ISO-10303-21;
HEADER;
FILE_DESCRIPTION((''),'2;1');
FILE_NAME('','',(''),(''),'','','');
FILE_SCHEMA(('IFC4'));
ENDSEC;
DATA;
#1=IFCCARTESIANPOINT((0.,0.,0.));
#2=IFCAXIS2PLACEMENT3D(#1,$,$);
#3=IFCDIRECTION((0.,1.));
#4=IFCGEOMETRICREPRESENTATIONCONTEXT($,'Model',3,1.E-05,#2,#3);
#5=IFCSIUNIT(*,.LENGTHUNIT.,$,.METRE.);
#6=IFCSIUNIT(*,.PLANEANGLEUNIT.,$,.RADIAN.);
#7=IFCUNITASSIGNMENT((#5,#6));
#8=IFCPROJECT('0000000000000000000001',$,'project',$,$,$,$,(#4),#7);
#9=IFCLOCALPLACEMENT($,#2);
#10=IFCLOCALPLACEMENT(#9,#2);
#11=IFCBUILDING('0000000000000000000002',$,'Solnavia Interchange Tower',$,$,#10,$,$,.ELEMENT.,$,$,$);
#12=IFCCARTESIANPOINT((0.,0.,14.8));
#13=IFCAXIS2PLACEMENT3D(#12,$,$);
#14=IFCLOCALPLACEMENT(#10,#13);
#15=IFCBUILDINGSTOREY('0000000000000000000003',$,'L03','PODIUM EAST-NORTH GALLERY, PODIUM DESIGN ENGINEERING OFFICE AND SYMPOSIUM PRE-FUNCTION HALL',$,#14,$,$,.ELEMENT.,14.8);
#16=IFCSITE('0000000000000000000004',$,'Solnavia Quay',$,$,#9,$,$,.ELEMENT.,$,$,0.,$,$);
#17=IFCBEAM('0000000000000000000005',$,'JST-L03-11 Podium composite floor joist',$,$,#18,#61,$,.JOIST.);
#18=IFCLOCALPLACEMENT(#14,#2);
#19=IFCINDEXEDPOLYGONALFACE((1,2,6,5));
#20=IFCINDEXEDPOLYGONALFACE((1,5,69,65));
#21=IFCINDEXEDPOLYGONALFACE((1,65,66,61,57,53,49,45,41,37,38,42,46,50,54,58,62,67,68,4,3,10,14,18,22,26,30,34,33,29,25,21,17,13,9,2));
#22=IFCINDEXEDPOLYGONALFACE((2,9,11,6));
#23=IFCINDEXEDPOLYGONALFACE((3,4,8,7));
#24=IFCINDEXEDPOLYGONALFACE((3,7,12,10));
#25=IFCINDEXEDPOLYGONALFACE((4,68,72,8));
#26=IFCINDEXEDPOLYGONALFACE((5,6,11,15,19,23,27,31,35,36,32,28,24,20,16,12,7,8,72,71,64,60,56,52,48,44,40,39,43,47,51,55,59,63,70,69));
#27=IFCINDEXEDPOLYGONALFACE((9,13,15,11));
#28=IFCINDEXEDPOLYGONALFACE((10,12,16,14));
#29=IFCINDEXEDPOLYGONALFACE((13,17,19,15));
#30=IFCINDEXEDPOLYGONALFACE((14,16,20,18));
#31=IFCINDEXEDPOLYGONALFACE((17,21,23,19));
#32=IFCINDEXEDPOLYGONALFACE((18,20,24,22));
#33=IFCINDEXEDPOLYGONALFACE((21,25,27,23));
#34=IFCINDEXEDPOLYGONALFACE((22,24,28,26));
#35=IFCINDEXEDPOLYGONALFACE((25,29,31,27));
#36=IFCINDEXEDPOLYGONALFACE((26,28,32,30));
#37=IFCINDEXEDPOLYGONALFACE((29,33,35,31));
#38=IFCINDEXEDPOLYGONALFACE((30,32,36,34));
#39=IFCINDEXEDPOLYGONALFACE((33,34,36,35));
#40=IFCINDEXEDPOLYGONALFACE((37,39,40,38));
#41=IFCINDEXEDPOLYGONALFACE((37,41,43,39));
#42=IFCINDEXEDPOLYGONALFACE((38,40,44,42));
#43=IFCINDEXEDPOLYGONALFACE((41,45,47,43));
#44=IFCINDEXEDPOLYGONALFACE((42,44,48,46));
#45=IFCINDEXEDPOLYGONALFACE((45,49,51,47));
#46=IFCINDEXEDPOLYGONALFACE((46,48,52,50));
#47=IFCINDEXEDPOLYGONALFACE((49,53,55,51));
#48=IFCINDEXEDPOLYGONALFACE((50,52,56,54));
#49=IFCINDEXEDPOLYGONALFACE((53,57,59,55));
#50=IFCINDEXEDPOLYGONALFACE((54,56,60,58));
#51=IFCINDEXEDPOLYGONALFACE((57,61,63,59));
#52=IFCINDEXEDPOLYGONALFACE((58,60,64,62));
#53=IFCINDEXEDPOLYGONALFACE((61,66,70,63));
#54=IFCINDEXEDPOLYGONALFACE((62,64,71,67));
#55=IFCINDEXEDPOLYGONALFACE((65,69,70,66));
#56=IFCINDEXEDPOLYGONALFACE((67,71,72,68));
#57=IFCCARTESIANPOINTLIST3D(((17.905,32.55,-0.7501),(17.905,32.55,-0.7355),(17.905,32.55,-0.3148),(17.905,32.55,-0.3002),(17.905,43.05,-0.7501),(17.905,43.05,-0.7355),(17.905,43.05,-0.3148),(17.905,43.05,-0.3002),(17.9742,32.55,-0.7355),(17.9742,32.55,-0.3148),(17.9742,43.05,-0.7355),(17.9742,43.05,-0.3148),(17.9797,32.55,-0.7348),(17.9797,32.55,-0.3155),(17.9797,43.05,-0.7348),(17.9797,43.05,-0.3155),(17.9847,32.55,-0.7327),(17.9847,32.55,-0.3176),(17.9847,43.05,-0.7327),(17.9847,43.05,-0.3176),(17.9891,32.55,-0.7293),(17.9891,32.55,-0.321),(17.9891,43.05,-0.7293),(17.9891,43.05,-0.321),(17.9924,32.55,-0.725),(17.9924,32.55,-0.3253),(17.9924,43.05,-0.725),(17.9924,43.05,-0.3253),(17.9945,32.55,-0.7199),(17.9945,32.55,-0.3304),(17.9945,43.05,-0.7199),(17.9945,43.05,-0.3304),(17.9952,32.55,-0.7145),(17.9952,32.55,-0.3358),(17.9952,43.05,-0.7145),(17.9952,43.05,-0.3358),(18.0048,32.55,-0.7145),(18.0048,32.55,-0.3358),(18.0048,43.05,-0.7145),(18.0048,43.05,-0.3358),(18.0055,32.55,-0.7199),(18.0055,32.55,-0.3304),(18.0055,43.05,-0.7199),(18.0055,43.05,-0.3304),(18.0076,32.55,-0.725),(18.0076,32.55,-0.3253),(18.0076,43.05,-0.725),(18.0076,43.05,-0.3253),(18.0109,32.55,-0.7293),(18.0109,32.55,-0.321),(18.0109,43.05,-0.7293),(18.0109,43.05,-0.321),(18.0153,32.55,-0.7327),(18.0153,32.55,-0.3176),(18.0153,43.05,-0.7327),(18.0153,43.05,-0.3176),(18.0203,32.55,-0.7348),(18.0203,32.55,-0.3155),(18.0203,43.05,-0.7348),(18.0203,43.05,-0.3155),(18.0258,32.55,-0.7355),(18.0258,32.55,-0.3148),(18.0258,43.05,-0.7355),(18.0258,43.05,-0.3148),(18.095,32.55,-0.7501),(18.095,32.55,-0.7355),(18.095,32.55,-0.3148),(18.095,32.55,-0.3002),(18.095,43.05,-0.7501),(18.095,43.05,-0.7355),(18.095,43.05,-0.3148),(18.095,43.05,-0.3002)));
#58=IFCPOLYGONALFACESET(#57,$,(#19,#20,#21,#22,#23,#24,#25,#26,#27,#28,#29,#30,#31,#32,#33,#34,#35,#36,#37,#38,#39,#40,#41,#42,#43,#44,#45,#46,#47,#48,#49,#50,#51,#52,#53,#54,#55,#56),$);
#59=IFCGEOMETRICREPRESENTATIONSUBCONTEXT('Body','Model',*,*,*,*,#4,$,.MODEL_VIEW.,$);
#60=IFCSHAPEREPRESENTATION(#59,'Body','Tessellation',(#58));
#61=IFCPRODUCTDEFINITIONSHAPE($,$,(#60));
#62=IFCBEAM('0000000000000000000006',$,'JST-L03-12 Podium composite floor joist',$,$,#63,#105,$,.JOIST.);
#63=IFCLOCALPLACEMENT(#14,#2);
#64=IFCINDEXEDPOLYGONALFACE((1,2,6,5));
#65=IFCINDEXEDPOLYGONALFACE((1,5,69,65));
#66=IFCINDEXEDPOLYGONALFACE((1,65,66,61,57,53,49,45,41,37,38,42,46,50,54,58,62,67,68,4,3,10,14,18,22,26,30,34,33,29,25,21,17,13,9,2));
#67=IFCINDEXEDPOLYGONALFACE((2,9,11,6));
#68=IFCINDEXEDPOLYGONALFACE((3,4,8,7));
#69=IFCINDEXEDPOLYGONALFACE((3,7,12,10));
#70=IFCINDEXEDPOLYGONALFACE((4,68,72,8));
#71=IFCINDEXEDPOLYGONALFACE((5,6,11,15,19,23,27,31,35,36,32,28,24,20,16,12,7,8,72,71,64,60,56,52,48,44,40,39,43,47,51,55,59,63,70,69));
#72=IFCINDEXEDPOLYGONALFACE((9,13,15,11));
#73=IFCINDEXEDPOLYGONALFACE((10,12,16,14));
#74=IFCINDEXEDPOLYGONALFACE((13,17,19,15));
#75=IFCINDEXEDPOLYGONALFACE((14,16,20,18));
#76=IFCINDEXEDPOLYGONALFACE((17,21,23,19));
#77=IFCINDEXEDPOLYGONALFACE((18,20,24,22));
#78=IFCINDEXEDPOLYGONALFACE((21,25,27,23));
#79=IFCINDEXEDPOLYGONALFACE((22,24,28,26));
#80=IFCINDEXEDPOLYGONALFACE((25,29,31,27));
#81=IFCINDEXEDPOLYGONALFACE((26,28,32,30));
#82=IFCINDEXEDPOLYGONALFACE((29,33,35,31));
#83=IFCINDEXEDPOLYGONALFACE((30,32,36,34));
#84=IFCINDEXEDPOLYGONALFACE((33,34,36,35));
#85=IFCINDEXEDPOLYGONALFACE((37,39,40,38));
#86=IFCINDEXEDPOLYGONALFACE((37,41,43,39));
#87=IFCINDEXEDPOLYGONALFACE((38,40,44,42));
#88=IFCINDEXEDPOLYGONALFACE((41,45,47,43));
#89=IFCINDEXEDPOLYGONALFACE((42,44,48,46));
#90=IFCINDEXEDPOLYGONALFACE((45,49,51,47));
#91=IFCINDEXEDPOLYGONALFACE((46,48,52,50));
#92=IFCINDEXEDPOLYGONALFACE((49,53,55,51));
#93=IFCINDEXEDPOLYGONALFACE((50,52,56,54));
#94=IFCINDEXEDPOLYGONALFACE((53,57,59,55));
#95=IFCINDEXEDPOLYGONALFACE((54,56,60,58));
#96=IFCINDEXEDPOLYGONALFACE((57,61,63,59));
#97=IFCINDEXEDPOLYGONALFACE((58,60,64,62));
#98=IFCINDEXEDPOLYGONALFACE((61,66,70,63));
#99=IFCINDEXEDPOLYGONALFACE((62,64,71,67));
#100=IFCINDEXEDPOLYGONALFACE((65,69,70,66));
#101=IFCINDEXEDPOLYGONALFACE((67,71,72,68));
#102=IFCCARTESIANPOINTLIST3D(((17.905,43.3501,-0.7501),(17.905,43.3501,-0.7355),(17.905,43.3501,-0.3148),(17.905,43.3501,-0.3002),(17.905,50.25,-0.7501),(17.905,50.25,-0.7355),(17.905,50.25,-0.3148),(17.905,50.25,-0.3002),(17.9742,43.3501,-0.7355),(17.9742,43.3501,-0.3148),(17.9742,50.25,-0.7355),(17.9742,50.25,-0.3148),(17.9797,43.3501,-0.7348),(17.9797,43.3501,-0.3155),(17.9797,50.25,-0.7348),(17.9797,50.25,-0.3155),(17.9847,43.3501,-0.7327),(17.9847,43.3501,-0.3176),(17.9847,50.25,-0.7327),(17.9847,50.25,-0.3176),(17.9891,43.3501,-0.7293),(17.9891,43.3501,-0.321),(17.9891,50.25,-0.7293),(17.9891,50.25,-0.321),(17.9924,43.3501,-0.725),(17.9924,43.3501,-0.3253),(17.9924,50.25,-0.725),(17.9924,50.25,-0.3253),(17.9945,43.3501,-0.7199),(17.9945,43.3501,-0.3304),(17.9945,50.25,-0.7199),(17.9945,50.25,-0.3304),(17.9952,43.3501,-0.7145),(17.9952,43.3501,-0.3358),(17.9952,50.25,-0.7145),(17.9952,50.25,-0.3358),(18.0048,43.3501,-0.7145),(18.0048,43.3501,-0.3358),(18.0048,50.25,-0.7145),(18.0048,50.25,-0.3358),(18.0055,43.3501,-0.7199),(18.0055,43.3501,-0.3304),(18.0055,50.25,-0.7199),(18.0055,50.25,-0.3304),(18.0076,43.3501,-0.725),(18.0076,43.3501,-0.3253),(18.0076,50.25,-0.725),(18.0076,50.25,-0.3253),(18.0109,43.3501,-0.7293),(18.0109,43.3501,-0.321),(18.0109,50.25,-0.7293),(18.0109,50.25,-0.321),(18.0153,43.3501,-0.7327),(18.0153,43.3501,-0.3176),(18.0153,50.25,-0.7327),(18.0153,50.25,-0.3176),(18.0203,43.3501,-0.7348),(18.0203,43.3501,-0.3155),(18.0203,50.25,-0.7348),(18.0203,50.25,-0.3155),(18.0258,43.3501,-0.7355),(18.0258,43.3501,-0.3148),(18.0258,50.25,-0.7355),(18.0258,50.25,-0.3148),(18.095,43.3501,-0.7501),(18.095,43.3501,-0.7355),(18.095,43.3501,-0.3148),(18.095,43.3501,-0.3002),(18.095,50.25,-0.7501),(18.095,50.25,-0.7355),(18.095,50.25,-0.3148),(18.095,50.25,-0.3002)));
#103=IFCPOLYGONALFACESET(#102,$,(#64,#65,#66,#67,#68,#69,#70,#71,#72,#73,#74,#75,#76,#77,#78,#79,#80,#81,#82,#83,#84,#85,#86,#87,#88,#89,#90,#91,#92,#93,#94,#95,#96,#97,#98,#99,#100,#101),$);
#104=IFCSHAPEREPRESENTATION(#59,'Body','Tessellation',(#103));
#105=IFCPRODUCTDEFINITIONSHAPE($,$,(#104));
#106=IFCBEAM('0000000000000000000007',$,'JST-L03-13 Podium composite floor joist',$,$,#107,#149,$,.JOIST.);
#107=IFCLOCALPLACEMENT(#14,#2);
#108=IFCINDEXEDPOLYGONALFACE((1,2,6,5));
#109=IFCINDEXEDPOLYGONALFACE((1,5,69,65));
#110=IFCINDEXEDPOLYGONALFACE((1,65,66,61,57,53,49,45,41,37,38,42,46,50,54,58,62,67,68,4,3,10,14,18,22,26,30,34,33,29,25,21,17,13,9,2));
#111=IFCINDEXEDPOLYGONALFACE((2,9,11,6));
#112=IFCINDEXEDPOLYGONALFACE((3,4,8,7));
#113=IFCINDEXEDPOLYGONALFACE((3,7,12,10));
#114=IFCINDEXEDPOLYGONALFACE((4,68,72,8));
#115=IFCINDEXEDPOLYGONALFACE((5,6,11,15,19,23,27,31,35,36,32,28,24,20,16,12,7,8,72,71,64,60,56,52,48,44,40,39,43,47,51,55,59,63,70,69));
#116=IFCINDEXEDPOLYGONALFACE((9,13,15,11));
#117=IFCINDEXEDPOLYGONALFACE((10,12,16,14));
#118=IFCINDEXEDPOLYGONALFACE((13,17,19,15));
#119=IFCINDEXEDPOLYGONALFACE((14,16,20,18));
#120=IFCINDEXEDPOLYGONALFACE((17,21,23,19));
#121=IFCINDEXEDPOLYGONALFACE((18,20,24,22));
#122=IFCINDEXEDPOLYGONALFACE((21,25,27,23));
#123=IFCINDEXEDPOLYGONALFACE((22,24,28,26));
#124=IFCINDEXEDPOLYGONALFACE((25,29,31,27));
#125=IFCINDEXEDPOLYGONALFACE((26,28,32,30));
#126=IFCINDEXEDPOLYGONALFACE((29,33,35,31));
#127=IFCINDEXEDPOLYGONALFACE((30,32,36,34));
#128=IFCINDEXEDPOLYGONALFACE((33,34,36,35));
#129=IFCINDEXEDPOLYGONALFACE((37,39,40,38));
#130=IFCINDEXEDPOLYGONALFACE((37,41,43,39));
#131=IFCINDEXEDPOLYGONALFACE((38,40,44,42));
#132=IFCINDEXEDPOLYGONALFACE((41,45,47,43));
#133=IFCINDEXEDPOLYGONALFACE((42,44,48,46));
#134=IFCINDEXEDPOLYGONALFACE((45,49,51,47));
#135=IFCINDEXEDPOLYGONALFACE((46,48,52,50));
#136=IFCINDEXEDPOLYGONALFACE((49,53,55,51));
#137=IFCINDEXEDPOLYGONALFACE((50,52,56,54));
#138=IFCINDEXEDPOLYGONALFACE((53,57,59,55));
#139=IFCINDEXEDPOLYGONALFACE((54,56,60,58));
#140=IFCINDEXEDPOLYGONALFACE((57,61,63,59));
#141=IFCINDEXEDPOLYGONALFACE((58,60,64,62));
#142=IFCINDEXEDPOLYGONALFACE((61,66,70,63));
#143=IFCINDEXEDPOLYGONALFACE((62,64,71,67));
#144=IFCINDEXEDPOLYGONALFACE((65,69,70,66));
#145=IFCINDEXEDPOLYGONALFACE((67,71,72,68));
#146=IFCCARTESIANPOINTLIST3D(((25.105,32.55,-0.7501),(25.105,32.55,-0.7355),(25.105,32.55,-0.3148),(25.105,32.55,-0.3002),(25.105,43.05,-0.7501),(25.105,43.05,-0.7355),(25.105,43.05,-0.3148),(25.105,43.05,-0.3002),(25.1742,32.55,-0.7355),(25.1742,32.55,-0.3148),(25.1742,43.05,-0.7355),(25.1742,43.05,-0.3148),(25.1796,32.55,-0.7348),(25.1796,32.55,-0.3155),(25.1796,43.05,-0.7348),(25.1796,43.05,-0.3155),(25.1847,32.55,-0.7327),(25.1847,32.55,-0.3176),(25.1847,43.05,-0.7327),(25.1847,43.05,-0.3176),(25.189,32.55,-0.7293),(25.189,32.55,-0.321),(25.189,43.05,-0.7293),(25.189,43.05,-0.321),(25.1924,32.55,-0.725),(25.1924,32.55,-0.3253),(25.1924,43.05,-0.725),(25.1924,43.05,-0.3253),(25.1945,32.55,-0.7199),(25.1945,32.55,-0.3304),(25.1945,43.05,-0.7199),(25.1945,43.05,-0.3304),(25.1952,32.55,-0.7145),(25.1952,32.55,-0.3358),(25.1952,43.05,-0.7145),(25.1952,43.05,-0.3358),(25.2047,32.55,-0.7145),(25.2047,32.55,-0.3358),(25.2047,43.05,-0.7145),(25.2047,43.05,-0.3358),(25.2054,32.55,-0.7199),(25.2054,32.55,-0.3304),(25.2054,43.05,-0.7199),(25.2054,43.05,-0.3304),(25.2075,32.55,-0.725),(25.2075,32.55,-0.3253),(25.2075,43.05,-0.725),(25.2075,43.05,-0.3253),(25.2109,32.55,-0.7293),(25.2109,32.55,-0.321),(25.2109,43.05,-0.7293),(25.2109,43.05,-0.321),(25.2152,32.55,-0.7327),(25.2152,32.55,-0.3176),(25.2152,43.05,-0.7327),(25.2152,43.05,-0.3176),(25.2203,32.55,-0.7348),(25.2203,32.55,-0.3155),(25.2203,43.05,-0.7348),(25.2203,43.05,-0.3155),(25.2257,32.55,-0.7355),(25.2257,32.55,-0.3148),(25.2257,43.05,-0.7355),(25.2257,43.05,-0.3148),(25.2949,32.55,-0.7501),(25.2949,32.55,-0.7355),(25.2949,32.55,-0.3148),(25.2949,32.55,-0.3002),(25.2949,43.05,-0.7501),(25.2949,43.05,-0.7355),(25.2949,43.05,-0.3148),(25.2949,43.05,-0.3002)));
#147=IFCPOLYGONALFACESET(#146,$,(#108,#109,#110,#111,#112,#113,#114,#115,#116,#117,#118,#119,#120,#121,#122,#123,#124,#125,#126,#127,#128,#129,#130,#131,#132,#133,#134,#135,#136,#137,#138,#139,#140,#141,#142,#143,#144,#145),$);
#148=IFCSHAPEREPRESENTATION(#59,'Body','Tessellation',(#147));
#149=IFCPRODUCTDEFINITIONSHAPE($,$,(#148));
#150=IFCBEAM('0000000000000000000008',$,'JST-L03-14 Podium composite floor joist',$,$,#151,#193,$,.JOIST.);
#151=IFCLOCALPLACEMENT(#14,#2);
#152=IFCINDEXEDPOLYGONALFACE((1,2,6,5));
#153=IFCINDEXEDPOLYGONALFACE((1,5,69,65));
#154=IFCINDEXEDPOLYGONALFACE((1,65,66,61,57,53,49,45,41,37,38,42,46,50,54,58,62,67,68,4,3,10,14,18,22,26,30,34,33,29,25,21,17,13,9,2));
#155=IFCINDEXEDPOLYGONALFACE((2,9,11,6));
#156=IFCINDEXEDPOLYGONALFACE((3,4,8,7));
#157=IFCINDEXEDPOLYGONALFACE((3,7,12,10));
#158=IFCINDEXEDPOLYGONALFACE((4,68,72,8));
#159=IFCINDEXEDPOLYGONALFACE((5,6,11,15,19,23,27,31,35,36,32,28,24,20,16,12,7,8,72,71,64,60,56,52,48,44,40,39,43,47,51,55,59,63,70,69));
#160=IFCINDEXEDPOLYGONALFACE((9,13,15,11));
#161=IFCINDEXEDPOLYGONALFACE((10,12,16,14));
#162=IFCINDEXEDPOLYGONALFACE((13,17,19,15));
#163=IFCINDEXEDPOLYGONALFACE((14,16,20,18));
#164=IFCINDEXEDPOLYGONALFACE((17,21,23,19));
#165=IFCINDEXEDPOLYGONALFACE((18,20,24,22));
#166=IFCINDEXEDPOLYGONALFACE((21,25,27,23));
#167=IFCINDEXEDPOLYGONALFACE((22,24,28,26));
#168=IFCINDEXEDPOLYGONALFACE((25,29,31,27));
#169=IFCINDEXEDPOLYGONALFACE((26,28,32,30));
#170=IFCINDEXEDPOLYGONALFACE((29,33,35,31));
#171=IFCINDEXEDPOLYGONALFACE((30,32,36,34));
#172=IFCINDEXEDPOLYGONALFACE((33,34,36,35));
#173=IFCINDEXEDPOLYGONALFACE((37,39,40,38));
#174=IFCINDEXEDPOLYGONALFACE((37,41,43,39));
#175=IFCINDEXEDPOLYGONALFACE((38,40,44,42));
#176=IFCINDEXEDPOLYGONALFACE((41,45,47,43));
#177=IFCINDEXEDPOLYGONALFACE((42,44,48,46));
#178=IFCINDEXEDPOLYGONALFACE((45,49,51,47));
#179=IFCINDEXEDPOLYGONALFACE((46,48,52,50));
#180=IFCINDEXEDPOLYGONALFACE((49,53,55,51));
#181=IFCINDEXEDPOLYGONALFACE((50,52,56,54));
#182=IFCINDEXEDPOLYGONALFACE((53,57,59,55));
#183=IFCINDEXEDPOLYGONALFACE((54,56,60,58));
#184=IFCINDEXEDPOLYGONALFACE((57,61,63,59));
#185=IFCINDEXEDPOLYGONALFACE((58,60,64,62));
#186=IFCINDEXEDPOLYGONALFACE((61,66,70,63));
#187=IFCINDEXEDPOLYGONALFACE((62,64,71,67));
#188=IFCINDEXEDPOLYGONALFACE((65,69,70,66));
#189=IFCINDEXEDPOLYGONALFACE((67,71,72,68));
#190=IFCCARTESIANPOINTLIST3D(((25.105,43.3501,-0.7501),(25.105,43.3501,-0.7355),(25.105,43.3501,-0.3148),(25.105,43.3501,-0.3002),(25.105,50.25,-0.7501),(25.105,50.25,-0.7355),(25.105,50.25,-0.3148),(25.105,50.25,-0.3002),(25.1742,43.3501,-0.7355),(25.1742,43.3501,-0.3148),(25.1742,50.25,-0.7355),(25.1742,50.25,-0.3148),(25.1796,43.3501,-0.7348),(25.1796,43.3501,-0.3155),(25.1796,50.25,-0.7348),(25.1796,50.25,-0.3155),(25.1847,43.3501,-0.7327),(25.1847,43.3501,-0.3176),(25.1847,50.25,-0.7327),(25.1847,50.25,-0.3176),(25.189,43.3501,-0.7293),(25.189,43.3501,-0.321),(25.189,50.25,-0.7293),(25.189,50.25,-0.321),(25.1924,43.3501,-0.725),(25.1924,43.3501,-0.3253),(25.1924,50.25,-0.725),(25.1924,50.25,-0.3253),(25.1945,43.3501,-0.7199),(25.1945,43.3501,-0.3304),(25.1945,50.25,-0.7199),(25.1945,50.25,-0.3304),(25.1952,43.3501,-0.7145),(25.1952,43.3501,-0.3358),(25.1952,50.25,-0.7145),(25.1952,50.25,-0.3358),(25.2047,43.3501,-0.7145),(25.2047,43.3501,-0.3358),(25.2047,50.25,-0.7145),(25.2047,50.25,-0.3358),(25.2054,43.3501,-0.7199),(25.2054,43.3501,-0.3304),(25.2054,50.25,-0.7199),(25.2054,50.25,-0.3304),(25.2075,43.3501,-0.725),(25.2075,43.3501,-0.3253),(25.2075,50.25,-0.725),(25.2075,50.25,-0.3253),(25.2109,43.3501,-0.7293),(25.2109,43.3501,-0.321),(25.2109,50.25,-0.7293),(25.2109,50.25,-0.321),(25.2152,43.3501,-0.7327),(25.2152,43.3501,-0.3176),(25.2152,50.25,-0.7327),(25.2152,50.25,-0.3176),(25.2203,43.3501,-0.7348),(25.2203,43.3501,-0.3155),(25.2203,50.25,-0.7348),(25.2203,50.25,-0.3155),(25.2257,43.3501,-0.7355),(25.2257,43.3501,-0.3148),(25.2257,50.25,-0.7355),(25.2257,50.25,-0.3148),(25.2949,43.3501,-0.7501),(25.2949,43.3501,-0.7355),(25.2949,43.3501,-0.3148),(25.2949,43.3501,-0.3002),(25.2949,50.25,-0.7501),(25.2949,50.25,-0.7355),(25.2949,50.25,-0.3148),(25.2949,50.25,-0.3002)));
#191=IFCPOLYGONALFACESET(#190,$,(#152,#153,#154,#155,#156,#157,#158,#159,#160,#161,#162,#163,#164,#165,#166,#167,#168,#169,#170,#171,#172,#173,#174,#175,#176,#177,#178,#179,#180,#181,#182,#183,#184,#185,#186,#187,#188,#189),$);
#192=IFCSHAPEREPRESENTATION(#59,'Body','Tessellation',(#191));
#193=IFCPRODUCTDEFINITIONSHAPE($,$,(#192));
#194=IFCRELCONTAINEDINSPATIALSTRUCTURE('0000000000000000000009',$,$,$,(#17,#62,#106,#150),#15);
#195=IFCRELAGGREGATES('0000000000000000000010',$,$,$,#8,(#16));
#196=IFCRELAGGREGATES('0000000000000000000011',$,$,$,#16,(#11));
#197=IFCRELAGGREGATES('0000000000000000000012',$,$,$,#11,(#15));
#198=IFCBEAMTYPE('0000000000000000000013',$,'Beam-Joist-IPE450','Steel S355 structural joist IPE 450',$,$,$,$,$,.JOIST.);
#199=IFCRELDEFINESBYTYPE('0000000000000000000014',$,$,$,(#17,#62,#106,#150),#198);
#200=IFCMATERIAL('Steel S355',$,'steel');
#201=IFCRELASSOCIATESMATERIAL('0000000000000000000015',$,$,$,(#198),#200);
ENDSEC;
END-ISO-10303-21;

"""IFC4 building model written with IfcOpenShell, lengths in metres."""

from ifc_helpers import new_model, si_unit, direction, frame, origin, origin_2d, place, context, subcontext, project, spatial, i_section, extrude, material, material_profile, profile_set, type_object, element, save


model = new_model("IFC4")

# Units and contexts
model_context = context("Model", 3, precision=1e-05, world=origin(), true_north=direction((0.0, 1.0)))
body_context = subcontext(model_context, "Body", "Model", "MODEL_VIEW")
ifc_project = project(units=[si_unit("LENGTHUNIT", "METRE"), si_unit("PLANEANGLEUNIT", "RADIAN")], contexts=[model_context])

# Site, building, storey
site_placement = place(None, origin())
site = spatial("IfcSite", under=ifc_project, at=site_placement, Name="Solnavia Quay", CompositionType="ELEMENT", RefElevation=0.0)
building_placement = place(site_placement, origin())
building = spatial("IfcBuilding", under=site, at=building_placement, Name="Solnavia Interchange Tower", CompositionType="ELEMENT")
storey_placement = place(building_placement, frame((0.0, 0.0, 14.8)))
storey = spatial("IfcBuildingStorey", under=building, at=storey_placement, Name="L03", Description="PODIUM EAST-NORTH GALLERY, PODIUM DESIGN ENGINEERING OFFICE AND SYMPOSIUM PRE-FUNCTION HALL", CompositionType="ELEMENT", Elevation=14.8)

# Beams
ifc_material_1 = material(Name="Steel S355", Category="steel")
ifc_material_profile_1 = material_profile(ifc_material_1, i_section(OverallWidth=0.1899, OverallDepth=0.45, WebThickness=0.0095, FlangeThickness=0.0146, FilletRadius=0.021, at=origin_2d()), Name="IPE 450")
ifc_profile_set_1 = profile_set([ifc_material_profile_1], Name="Steel S355")
beam_type_1 = type_object("IfcBeamType", Name="Beam-Joist-IPE450", Description="Steel S355 structural joist IPE 450", PredefinedType="JOIST", material=ifc_profile_set_1)
beam_1_placement = place(storey_placement, frame((18.0, 32.55, -0.5251), z_axis=(0.0, 1.0, 0.0), x_axis=(-1.0, 0.0, 0.0)))
element("IfcBeam", 1, at=beam_1_placement, inside=storey, type_object=beam_type_1, Name="JST-L03-11 Podium composite floor joist", PredefinedType="JOIST", context=body_context, shape_type="SweptSolid", body=[
    extrude(i_section(OverallWidth=0.1899, OverallDepth=0.45, WebThickness=0.0095, FlangeThickness=0.0146, FilletRadius=0.021, at=origin_2d()), origin(), (0.0, 0.0, 1.0), 10.5),
])
beam_2_placement = place(storey_placement, frame((18.0, 43.3501, -0.5251), z_axis=(0.0, 1.0, 0.0), x_axis=(-1.0, 0.0, 0.0)))
element("IfcBeam", 2, at=beam_2_placement, inside=storey, type_object=beam_type_1, Name="JST-L03-12 Podium composite floor joist", PredefinedType="JOIST", context=body_context, shape_type="SweptSolid", body=[
    extrude(i_section(OverallWidth=0.1899, OverallDepth=0.45, WebThickness=0.0095, FlangeThickness=0.0146, FilletRadius=0.021, at=origin_2d()), origin(), (0.0, 0.0, 1.0), 6.8999),
])
beam_3_placement = place(storey_placement, frame((25.2, 32.55, -0.5251), z_axis=(0.0, 1.0, 0.0), x_axis=(-1.0, 0.0, 0.0)))
element("IfcBeam", 3, at=beam_3_placement, inside=storey, type_object=beam_type_1, Name="JST-L03-13 Podium composite floor joist", PredefinedType="JOIST", context=body_context, shape_type="SweptSolid", body=[
    extrude(i_section(OverallWidth=0.1899, OverallDepth=0.45, WebThickness=0.0095, FlangeThickness=0.0146, FilletRadius=0.021, at=origin_2d()), origin(), (0.0, 0.0, 1.0), 10.5),
])
beam_4_placement = place(storey_placement, frame((25.2, 43.3501, -0.5251), z_axis=(0.0, 1.0, 0.0), x_axis=(-1.0, 0.0, 0.0)))
element("IfcBeam", 4, at=beam_4_placement, inside=storey, type_object=beam_type_1, Name="JST-L03-14 Podium composite floor joist", PredefinedType="JOIST", context=body_context, shape_type="SweptSolid", body=[
    extrude(i_section(OverallWidth=0.1899, OverallDepth=0.45, WebThickness=0.0095, FlangeThickness=0.0146, FilletRadius=0.021, at=origin_2d()), origin(), (0.0, 0.0, 1.0), 6.8999),
])

save(model, "model.ifc")
